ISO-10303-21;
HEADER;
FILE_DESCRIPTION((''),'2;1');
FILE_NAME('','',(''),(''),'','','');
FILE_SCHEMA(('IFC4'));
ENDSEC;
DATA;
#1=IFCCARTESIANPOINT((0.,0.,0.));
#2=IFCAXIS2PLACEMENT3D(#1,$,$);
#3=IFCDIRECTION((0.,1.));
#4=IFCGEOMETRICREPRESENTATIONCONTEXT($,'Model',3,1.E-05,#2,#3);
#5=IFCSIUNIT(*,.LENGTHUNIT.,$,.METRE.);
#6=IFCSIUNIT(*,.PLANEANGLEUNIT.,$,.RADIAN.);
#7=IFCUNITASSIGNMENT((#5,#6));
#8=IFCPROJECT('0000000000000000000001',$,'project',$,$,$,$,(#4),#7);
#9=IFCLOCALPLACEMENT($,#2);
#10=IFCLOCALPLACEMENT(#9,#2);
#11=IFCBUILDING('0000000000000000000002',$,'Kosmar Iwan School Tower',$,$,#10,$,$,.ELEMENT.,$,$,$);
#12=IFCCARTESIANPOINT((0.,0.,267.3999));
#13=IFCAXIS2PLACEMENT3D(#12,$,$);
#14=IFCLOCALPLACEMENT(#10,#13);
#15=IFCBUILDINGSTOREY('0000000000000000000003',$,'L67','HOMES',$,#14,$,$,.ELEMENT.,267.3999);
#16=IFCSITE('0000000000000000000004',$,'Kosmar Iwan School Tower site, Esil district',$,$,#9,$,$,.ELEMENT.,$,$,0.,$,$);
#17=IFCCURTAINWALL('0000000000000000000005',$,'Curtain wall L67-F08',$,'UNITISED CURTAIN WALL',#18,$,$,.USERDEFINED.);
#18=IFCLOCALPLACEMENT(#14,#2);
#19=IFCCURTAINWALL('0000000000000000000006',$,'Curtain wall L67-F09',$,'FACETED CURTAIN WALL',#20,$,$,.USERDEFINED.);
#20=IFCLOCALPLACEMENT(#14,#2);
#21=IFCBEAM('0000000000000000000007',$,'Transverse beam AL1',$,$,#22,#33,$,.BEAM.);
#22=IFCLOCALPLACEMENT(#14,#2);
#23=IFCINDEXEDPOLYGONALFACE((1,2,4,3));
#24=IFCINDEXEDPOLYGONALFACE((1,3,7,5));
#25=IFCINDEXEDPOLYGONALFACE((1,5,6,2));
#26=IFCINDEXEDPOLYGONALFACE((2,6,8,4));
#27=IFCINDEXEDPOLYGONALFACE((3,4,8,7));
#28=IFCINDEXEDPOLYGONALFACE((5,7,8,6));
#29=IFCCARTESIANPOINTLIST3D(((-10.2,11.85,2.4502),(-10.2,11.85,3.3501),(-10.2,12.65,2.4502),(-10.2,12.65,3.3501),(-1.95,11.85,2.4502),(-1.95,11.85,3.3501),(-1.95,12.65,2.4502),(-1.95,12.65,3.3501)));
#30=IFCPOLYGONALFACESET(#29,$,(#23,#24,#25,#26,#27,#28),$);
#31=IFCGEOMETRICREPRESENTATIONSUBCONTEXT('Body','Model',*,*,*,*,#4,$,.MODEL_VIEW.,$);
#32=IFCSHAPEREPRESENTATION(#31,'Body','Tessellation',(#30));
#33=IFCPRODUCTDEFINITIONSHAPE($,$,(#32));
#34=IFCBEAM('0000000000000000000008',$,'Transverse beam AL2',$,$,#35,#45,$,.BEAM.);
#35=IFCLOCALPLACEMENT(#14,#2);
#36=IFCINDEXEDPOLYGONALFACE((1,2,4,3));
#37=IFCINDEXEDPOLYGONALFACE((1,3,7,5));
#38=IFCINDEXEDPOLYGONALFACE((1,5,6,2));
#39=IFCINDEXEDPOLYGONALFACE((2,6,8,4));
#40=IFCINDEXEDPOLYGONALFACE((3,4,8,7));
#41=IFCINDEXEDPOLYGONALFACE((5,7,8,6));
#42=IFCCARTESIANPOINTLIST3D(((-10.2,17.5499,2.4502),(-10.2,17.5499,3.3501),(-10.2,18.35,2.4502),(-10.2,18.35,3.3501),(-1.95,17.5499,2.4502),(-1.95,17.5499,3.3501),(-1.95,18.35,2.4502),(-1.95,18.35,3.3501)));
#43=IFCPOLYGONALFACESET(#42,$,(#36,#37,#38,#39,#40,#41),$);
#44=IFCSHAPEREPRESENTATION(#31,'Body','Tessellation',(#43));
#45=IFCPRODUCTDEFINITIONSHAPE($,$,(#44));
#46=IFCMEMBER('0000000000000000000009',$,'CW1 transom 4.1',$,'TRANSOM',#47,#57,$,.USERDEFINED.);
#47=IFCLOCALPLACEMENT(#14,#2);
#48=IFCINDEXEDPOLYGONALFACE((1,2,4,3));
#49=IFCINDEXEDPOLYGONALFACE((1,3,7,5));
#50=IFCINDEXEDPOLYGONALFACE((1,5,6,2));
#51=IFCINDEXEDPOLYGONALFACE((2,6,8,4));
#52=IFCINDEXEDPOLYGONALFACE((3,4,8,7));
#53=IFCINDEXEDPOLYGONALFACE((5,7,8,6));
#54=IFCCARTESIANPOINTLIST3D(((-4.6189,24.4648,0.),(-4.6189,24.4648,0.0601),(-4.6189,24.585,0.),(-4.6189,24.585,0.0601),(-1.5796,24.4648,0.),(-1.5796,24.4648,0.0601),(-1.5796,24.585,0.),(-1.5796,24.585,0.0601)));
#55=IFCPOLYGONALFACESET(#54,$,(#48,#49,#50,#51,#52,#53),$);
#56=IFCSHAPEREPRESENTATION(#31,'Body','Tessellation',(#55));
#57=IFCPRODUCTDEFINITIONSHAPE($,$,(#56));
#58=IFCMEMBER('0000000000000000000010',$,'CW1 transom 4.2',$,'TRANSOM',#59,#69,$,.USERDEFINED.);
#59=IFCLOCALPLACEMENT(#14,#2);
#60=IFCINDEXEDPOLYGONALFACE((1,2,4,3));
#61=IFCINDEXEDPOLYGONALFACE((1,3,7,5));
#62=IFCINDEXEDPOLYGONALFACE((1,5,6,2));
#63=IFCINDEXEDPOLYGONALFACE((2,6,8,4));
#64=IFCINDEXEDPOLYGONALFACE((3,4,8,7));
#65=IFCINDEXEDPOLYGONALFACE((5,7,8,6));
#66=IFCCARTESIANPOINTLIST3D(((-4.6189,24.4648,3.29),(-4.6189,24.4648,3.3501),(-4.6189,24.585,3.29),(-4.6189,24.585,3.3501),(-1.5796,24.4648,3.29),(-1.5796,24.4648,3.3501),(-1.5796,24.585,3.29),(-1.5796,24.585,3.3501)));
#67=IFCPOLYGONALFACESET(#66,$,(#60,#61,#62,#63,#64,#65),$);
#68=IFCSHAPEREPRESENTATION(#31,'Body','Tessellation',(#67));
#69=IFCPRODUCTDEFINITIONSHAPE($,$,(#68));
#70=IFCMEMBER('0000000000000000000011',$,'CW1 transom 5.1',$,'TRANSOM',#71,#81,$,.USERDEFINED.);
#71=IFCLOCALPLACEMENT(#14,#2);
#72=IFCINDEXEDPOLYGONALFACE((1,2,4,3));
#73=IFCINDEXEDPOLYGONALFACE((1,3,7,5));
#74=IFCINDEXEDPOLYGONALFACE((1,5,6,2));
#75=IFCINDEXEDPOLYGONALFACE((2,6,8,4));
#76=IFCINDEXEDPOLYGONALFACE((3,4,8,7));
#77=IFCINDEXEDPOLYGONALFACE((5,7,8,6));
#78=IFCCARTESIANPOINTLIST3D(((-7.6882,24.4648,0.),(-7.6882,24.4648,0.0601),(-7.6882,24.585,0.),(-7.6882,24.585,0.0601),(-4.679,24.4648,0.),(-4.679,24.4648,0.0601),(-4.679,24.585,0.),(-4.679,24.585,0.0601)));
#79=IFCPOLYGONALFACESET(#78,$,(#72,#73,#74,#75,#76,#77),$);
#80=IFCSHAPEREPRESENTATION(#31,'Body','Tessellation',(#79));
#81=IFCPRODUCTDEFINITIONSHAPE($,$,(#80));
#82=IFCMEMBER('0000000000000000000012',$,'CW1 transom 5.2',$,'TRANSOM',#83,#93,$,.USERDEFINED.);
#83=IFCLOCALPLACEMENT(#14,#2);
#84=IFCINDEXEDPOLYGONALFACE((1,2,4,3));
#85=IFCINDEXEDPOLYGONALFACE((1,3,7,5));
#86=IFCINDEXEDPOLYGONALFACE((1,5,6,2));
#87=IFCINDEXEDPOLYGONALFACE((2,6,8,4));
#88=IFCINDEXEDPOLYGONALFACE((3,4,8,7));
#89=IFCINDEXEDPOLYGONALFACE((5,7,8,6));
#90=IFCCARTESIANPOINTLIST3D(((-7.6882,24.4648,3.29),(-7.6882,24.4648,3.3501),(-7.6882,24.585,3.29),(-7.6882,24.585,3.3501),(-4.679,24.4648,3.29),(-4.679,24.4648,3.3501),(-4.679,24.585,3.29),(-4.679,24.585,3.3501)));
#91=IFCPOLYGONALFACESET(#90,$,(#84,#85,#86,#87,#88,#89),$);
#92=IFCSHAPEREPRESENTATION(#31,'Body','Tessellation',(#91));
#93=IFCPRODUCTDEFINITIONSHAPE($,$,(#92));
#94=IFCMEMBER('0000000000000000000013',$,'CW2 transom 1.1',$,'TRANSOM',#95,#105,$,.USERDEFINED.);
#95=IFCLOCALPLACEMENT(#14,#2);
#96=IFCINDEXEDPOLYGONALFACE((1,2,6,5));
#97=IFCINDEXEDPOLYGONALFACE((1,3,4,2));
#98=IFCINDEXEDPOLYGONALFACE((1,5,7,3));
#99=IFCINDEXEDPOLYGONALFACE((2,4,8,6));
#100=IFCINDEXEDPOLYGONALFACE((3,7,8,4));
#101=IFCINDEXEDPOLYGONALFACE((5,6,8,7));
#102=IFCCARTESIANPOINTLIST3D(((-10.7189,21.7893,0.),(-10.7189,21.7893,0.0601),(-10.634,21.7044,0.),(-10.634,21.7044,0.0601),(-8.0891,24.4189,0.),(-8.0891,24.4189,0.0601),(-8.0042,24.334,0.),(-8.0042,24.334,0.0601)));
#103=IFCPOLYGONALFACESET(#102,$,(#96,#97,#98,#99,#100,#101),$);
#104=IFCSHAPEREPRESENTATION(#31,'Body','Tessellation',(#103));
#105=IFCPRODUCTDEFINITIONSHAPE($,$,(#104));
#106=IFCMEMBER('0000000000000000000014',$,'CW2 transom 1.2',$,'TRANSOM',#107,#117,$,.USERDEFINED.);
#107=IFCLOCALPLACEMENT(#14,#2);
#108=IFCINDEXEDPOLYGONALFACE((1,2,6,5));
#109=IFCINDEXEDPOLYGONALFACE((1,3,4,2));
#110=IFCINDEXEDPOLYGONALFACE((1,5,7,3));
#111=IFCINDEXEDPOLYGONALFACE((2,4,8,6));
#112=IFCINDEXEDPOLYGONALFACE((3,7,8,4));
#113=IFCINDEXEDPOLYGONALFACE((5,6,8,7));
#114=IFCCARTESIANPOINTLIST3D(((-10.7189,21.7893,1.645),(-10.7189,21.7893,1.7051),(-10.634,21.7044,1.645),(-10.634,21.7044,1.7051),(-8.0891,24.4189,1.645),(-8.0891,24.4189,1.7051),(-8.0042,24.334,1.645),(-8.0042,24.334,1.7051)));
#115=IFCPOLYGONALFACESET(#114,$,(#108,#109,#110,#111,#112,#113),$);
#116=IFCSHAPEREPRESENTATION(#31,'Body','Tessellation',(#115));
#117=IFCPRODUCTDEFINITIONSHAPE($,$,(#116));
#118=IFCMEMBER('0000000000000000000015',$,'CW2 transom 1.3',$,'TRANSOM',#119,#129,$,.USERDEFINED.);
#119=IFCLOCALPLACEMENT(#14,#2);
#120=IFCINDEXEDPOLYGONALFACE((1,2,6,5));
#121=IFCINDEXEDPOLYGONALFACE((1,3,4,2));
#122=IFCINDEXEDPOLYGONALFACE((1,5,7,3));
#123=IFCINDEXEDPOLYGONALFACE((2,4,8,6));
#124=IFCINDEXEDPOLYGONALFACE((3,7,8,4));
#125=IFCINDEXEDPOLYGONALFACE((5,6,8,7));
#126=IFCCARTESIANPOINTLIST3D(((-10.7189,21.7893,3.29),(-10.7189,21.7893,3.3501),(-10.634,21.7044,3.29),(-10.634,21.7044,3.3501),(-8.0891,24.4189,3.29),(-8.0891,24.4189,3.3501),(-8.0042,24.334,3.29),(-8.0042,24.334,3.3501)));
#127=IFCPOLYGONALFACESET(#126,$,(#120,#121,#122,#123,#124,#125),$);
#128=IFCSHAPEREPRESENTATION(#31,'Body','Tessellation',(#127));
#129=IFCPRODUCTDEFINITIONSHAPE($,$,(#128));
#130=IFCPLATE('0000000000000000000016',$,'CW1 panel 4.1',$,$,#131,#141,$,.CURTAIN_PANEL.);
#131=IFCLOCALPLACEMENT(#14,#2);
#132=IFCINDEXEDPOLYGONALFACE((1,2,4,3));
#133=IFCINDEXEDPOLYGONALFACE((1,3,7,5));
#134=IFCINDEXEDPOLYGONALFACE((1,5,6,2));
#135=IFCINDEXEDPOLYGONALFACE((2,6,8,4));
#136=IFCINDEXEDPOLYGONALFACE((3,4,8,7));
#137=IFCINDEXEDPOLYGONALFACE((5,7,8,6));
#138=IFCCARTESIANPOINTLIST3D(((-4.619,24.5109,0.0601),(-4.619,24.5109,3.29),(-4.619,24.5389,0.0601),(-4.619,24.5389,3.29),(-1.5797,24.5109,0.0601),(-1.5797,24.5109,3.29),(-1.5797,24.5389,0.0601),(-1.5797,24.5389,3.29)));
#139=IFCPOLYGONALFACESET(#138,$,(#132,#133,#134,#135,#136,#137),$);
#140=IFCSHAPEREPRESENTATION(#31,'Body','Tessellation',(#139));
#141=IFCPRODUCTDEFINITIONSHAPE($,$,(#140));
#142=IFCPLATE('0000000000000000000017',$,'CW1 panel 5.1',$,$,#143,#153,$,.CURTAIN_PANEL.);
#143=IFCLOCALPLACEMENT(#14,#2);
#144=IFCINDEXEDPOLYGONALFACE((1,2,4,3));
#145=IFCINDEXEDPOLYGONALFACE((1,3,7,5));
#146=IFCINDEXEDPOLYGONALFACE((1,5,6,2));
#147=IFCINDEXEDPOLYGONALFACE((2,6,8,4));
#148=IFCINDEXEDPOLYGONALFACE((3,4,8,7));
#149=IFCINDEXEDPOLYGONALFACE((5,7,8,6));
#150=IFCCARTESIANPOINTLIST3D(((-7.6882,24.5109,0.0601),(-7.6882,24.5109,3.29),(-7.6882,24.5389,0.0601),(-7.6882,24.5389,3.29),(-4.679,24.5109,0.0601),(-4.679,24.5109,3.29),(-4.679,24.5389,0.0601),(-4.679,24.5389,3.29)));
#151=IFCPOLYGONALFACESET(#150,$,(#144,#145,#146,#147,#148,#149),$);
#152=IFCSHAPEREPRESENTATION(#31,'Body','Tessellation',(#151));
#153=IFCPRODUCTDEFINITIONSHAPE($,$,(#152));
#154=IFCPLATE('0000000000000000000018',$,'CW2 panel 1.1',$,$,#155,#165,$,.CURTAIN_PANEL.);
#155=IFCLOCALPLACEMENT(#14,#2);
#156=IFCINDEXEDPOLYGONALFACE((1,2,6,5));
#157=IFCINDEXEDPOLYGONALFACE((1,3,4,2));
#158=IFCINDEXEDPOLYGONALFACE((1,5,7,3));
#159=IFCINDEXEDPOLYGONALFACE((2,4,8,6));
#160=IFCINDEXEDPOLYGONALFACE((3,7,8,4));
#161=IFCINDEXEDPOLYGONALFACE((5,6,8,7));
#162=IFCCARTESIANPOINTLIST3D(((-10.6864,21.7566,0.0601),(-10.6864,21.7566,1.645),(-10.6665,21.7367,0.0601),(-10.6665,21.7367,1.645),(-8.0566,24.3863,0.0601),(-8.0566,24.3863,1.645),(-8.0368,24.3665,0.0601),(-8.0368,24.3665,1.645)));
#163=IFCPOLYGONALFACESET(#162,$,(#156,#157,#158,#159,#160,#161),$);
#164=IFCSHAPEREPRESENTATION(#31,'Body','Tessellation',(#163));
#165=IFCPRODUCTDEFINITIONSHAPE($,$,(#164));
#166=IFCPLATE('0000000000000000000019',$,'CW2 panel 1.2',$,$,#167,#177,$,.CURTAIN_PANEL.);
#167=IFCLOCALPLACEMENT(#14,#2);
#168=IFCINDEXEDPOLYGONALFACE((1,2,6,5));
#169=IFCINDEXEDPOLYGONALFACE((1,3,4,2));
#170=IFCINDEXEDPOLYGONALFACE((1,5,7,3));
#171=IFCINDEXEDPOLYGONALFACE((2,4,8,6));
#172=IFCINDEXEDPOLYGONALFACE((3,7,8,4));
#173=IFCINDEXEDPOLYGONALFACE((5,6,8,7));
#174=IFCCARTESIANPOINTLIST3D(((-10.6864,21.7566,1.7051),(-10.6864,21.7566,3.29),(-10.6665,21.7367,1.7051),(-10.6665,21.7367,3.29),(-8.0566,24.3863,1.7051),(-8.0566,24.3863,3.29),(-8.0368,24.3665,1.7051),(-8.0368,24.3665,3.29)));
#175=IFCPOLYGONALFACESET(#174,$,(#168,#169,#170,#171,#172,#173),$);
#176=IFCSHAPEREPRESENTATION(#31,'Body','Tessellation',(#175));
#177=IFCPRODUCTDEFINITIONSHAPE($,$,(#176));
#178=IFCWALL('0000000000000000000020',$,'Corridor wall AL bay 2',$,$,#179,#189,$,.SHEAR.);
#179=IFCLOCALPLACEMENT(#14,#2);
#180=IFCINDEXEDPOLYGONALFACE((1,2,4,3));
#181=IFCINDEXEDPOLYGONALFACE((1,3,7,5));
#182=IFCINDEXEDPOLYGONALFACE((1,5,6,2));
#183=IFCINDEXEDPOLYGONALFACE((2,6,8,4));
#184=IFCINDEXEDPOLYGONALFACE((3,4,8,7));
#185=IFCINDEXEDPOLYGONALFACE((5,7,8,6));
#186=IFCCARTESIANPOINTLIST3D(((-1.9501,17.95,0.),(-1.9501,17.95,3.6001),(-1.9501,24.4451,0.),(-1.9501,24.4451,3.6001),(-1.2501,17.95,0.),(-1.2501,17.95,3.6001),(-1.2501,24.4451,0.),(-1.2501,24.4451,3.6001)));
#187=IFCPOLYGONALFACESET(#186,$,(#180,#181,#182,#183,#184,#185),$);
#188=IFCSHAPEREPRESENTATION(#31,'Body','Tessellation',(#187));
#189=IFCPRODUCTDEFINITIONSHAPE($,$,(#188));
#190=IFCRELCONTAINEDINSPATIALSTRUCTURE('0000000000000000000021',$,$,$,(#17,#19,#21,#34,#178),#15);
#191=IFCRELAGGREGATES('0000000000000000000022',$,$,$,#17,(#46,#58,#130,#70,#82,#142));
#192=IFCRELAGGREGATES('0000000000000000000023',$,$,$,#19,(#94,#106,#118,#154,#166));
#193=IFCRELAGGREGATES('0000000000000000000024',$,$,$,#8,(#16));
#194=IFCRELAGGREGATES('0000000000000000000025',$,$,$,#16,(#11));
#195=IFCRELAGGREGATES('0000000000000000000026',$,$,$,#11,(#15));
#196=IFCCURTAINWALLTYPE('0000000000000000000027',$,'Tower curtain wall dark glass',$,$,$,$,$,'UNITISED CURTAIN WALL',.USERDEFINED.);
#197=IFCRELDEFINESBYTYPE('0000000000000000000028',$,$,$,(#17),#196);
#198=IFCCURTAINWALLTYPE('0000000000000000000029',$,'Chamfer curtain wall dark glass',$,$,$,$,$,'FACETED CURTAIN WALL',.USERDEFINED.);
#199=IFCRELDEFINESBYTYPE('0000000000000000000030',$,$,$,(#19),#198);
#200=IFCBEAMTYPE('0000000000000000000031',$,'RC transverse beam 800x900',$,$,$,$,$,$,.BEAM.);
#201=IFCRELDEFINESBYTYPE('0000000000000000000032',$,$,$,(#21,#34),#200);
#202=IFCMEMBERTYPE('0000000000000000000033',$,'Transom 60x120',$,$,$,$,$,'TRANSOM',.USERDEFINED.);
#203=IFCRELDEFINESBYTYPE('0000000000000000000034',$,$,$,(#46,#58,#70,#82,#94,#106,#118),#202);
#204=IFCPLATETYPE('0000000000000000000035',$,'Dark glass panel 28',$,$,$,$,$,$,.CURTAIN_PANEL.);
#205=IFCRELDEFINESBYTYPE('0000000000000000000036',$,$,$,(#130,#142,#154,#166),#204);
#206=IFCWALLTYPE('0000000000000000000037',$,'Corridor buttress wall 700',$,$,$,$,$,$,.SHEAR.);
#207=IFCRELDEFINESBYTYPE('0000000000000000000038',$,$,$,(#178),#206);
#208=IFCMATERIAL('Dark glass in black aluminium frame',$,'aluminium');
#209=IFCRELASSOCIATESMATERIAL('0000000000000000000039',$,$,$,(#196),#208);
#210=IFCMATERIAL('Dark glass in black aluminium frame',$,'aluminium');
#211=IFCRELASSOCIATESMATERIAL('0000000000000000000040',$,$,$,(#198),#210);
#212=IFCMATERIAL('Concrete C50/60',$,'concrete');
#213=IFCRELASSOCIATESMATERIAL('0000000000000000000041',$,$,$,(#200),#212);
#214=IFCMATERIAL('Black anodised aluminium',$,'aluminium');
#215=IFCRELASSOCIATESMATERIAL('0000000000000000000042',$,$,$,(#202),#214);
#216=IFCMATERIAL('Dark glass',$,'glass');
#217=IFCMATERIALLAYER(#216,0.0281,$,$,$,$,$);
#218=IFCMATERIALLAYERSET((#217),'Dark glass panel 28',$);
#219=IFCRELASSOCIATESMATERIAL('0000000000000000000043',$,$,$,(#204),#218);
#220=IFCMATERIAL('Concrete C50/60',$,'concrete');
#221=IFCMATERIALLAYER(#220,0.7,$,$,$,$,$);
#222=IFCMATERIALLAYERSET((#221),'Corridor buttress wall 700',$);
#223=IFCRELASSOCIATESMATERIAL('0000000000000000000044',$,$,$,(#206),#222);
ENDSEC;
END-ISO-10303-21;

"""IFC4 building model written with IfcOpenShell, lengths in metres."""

from ifc_helpers import new_model, si_unit, direction, frame, frame_2d, origin, origin_2d, place, context, subcontext, project, spatial, rectangle, extrude, material, layer, layer_set, material_profile, profile_set, type_object, element, aggregate, save


model = new_model("IFC4")

# Units and contexts
model_context = context("Model", 3, precision=1e-05, world=origin(), true_north=direction((0.0, 1.0)))
body_context = subcontext(model_context, "Body", "Model", "MODEL_VIEW")
ifc_project = project(units=[si_unit("LENGTHUNIT", "METRE"), si_unit("PLANEANGLEUNIT", "RADIAN")], contexts=[model_context])

# Site, building, storey
site_placement = place(None, origin())
site = spatial("IfcSite", under=ifc_project, at=site_placement, Name="Kosmar Iwan School Tower site, Esil district", CompositionType="ELEMENT", RefElevation=0.0)
building_placement = place(site_placement, origin())
building = spatial("IfcBuilding", under=site, at=building_placement, Name="Kosmar Iwan School Tower", CompositionType="ELEMENT")
storey_placement = place(building_placement, frame((0.0, 0.0, 267.3999)))
storey = spatial("IfcBuildingStorey", under=building, at=storey_placement, Name="L67", Description="HOMES", CompositionType="ELEMENT", Elevation=267.3999)

# Curtain walls
ifc_material_1 = material(Name="Dark glass in black aluminium frame", Category="aluminium")
curtain_wall_type_1 = type_object("IfcCurtainWallType", Name="Tower curtain wall dark glass", ElementType="UNITISED CURTAIN WALL", PredefinedType="USERDEFINED", material=ifc_material_1)
curtain_wall_1_placement = place(storey_placement, origin())
curtain_wall_1 = element("IfcCurtainWall", 1, at=curtain_wall_1_placement, inside=storey, type_object=curtain_wall_type_1, Name="Curtain wall L67-F08", ObjectType="UNITISED CURTAIN WALL", PredefinedType="USERDEFINED")
ifc_material_2 = material(Name="Dark glass in black aluminium frame", Category="aluminium")
curtain_wall_type_2 = type_object("IfcCurtainWallType", Name="Chamfer curtain wall dark glass", ElementType="FACETED CURTAIN WALL", PredefinedType="USERDEFINED", material=ifc_material_2)
curtain_wall_2_placement = place(storey_placement, origin())
curtain_wall_2 = element("IfcCurtainWall", 2, at=curtain_wall_2_placement, inside=storey, type_object=curtain_wall_type_2, Name="Curtain wall L67-F09", ObjectType="FACETED CURTAIN WALL", PredefinedType="USERDEFINED")

# Beams
ifc_material_3 = material(Name="Concrete C50/60", Category="concrete")
ifc_material_profile_1 = material_profile(ifc_material_3, rectangle(XDim=0.8, YDim=0.8999, at=origin_2d()), Name="RC 800x900")
ifc_profile_set_1 = profile_set([ifc_material_profile_1], Name="Concrete C50/60")
beam_type_1 = type_object("IfcBeamType", Name="RC transverse beam 800x900", PredefinedType="BEAM", material=ifc_profile_set_1)
for number, where, z_axis, x_axis, name in (
    (3, (-10.2, 12.25, 2.9001), (1.0, 0.0, 0.0), (0.0, 1.0, 0.0), "Transverse beam AL1"),
    (4, (-10.2, 17.95, 2.9001), (1.0, 0.0, 0.0), (0.0, 1.0, 0.0), "Transverse beam AL2"),
):
    element("IfcBeam", number, at=place(storey_placement, frame(where, z_axis=z_axis, x_axis=x_axis)), inside=storey, type_object=beam_type_1, Name=name, PredefinedType="BEAM", context=body_context, shape_type="SweptSolid", body=[
        extrude(rectangle(XDim=0.8, YDim=0.8999, at=origin_2d()), origin(), (0.0, 0.0, 1.0), 8.25),
    ])

# Members
ifc_material_4 = material(Name="Black anodised aluminium", Category="aluminium")
ifc_material_profile_2 = material_profile(ifc_material_4, rectangle(XDim=0.1201, YDim=0.0601, at=origin_2d()), Name="TRANSOM 60x120")
ifc_profile_set_2 = profile_set([ifc_material_profile_2], Name="Black anodised aluminium")
member_type_1 = type_object("IfcMemberType", Name="Transom 60x120", ElementType="TRANSOM", PredefinedType="USERDEFINED", material=ifc_profile_set_2)
member_1_placement = place(storey_placement, frame((-1.5796, 24.5249, 0.03), z_axis=(-1.0, 0.0, 0.0), x_axis=(0.0, -1.0, 0.0)))
member_1 = element("IfcMember", 5, at=member_1_placement, type_object=member_type_1, Name="CW1 transom 4.1", ObjectType="TRANSOM", PredefinedType="USERDEFINED", context=body_context, shape_type="SweptSolid", body=[
    extrude(rectangle(XDim=0.1201, YDim=0.0601, at=origin_2d()), origin(), (0.0, 0.0, 1.0), 3.0393),
])
member_2_placement = place(storey_placement, frame((-1.5796, 24.5249, 3.3201), z_axis=(-1.0, 0.0, 0.0), x_axis=(0.0, -1.0, 0.0)))
member_2 = element("IfcMember", 6, at=member_2_placement, type_object=member_type_1, Name="CW1 transom 4.2", ObjectType="TRANSOM", PredefinedType="USERDEFINED", context=body_context, shape_type="SweptSolid", body=[
    extrude(rectangle(XDim=0.1201, YDim=0.0601, at=origin_2d()), origin(), (0.0, 0.0, 1.0), 3.0393),
])
member_3_placement = place(storey_placement, frame((-4.679, 24.5249, 0.03), z_axis=(-1.0, 0.0, 0.0), x_axis=(0.0, -1.0, 0.0)))
member_3 = element("IfcMember", 7, at=member_3_placement, type_object=member_type_1, Name="CW1 transom 5.1", ObjectType="TRANSOM", PredefinedType="USERDEFINED", context=body_context, shape_type="SweptSolid", body=[
    extrude(rectangle(XDim=0.1201, YDim=0.0601, at=origin_2d()), origin(), (0.0, 0.0, 1.0), 3.0093),
])
member_4_placement = place(storey_placement, frame((-4.679, 24.5249, 3.3201), z_axis=(-1.0, 0.0, 0.0), x_axis=(0.0, -1.0, 0.0)))
member_4 = element("IfcMember", 8, at=member_4_placement, type_object=member_type_1, Name="CW1 transom 5.2", ObjectType="TRANSOM", PredefinedType="USERDEFINED", context=body_context, shape_type="SweptSolid", body=[
    extrude(rectangle(XDim=0.1201, YDim=0.0601, at=origin_2d()), origin(), (0.0, 0.0, 1.0), 3.0093),
])
member_5_placement = place(storey_placement, frame((-8.0466, 24.3765, 0.03), z_axis=(-0.70714, -0.707074, 0.0), x_axis=(0.707074, -0.70714, 0.0)))
member_5 = element("IfcMember", 9, at=member_5_placement, type_object=member_type_1, Name="CW2 transom 1.1", ObjectType="TRANSOM", PredefinedType="USERDEFINED", context=body_context, shape_type="SweptSolid", body=[
    extrude(rectangle(XDim=0.1201, YDim=0.0601, at=origin_2d()), origin(), (0.0, 0.0, 1.0), 3.719),
])
member_6_placement = place(storey_placement, frame((-8.0466, 24.3765, 1.675), z_axis=(-0.70714, -0.707074, 0.0), x_axis=(0.707074, -0.70714, 0.0)))
member_6 = element("IfcMember", 10, at=member_6_placement, type_object=member_type_1, Name="CW2 transom 1.2", ObjectType="TRANSOM", PredefinedType="USERDEFINED", context=body_context, shape_type="SweptSolid", body=[
    extrude(rectangle(XDim=0.1201, YDim=0.0601, at=origin_2d()), origin(), (0.0, 0.0, 1.0), 3.719),
])
member_7_placement = place(storey_placement, frame((-8.0466, 24.3765, 3.3201), z_axis=(-0.70714, -0.707074, 0.0), x_axis=(0.707074, -0.70714, 0.0)))
member_7 = element("IfcMember", 11, at=member_7_placement, type_object=member_type_1, Name="CW2 transom 1.3", ObjectType="TRANSOM", PredefinedType="USERDEFINED", context=body_context, shape_type="SweptSolid", body=[
    extrude(rectangle(XDim=0.1201, YDim=0.0601, at=origin_2d()), origin(), (0.0, 0.0, 1.0), 3.719),
])

# Plates
ifc_material_5 = material(Name="Dark glass", Category="glass")
ifc_layer_1 = layer(ifc_material_5, 0.0281)
ifc_layer_set_1 = layer_set([ifc_layer_1], Name="Dark glass panel 28")
plate_type = type_object("IfcPlateType", Name="Dark glass panel 28", PredefinedType="CURTAIN_PANEL", material=ifc_layer_set_1)
plate_1_placement = place(storey_placement, frame((-3.0994, 24.5249, 0.0601), z_axis=(0.0, 0.0, 1.0), x_axis=(-1.0, 0.0, 0.0)))
plate_1 = element("IfcPlate", 12, at=plate_1_placement, type_object=plate_type, Name="CW1 panel 4.1", PredefinedType="CURTAIN_PANEL", context=body_context, shape_type="SweptSolid", body=[
    extrude(rectangle(XDim=3.0393, YDim=0.0281, at=origin_2d()), origin(), (0.0, 0.0, 1.0), 3.23),
])
plate_2_placement = place(storey_placement, frame((-6.1836, 24.5249, 0.0601), z_axis=(0.0, 0.0, 1.0), x_axis=(-1.0, 0.0, 0.0)))
plate_2 = element("IfcPlate", 13, at=plate_2_placement, type_object=plate_type, Name="CW1 panel 5.1", PredefinedType="CURTAIN_PANEL", context=body_context, shape_type="SweptSolid", body=[
    extrude(rectangle(XDim=3.0093, YDim=0.0281, at=origin_2d()), origin(), (0.0, 0.0, 1.0), 3.23),
])
aggregate(curtain_wall_1, [member_1, member_2, plate_1, member_3, member_4, plate_2])
plate_3_placement = place(storey_placement, frame((-9.3616, 23.0615, 0.0601), z_axis=(0.0, 0.0, 1.0), x_axis=(-0.707107, -0.707107, 0.0)))
plate_3 = element("IfcPlate", 14, at=plate_3_placement, type_object=plate_type, Name="CW2 panel 1.1", PredefinedType="CURTAIN_PANEL", context=body_context, shape_type="SweptSolid", body=[
    extrude(rectangle(XDim=3.719, YDim=0.0281, at=origin_2d()), origin(), (0.0, 0.0, 1.0), 1.585),
])
plate_4_placement = place(storey_placement, frame((-9.3616, 23.0615, 1.7051), z_axis=(0.0, 0.0, 1.0), x_axis=(-0.707107, -0.707107, 0.0)))
plate_4 = element("IfcPlate", 15, at=plate_4_placement, type_object=plate_type, Name="CW2 panel 1.2", PredefinedType="CURTAIN_PANEL", context=body_context, shape_type="SweptSolid", body=[
    extrude(rectangle(XDim=3.719, YDim=0.0281, at=origin_2d()), origin(), (0.0, 0.0, 1.0), 1.585),
])
aggregate(curtain_wall_2, [member_5, member_6, member_7, plate_3, plate_4])

# Wall
ifc_material_6 = material(Name="Concrete C50/60", Category="concrete")
ifc_layer_2 = layer(ifc_material_6, 0.7)
ifc_layer_set_2 = layer_set([ifc_layer_2], Name="Corridor buttress wall 700")
wall_type_1 = type_object("IfcWallType", Name="Corridor buttress wall 700", PredefinedType="SHEAR", material=ifc_layer_set_2)
wall_1_placement = place(storey_placement, frame((-1.6001, 17.95, 0.0), z_axis=(0.0, 0.0, 1.0), x_axis=(0.0, 1.0, 0.0)))
element("IfcWall", 16, at=wall_1_placement, inside=storey, type_object=wall_type_1, Name="Corridor wall AL bay 2", PredefinedType="SHEAR", context=body_context, shape_type="SweptSolid", body=[
    extrude(rectangle(XDim=6.4951, YDim=0.7, at=frame_2d((3.2476, 0.0))), origin(), (0.0, 0.0, 1.0), 3.6001),
])

save(model, "model.ifc")
